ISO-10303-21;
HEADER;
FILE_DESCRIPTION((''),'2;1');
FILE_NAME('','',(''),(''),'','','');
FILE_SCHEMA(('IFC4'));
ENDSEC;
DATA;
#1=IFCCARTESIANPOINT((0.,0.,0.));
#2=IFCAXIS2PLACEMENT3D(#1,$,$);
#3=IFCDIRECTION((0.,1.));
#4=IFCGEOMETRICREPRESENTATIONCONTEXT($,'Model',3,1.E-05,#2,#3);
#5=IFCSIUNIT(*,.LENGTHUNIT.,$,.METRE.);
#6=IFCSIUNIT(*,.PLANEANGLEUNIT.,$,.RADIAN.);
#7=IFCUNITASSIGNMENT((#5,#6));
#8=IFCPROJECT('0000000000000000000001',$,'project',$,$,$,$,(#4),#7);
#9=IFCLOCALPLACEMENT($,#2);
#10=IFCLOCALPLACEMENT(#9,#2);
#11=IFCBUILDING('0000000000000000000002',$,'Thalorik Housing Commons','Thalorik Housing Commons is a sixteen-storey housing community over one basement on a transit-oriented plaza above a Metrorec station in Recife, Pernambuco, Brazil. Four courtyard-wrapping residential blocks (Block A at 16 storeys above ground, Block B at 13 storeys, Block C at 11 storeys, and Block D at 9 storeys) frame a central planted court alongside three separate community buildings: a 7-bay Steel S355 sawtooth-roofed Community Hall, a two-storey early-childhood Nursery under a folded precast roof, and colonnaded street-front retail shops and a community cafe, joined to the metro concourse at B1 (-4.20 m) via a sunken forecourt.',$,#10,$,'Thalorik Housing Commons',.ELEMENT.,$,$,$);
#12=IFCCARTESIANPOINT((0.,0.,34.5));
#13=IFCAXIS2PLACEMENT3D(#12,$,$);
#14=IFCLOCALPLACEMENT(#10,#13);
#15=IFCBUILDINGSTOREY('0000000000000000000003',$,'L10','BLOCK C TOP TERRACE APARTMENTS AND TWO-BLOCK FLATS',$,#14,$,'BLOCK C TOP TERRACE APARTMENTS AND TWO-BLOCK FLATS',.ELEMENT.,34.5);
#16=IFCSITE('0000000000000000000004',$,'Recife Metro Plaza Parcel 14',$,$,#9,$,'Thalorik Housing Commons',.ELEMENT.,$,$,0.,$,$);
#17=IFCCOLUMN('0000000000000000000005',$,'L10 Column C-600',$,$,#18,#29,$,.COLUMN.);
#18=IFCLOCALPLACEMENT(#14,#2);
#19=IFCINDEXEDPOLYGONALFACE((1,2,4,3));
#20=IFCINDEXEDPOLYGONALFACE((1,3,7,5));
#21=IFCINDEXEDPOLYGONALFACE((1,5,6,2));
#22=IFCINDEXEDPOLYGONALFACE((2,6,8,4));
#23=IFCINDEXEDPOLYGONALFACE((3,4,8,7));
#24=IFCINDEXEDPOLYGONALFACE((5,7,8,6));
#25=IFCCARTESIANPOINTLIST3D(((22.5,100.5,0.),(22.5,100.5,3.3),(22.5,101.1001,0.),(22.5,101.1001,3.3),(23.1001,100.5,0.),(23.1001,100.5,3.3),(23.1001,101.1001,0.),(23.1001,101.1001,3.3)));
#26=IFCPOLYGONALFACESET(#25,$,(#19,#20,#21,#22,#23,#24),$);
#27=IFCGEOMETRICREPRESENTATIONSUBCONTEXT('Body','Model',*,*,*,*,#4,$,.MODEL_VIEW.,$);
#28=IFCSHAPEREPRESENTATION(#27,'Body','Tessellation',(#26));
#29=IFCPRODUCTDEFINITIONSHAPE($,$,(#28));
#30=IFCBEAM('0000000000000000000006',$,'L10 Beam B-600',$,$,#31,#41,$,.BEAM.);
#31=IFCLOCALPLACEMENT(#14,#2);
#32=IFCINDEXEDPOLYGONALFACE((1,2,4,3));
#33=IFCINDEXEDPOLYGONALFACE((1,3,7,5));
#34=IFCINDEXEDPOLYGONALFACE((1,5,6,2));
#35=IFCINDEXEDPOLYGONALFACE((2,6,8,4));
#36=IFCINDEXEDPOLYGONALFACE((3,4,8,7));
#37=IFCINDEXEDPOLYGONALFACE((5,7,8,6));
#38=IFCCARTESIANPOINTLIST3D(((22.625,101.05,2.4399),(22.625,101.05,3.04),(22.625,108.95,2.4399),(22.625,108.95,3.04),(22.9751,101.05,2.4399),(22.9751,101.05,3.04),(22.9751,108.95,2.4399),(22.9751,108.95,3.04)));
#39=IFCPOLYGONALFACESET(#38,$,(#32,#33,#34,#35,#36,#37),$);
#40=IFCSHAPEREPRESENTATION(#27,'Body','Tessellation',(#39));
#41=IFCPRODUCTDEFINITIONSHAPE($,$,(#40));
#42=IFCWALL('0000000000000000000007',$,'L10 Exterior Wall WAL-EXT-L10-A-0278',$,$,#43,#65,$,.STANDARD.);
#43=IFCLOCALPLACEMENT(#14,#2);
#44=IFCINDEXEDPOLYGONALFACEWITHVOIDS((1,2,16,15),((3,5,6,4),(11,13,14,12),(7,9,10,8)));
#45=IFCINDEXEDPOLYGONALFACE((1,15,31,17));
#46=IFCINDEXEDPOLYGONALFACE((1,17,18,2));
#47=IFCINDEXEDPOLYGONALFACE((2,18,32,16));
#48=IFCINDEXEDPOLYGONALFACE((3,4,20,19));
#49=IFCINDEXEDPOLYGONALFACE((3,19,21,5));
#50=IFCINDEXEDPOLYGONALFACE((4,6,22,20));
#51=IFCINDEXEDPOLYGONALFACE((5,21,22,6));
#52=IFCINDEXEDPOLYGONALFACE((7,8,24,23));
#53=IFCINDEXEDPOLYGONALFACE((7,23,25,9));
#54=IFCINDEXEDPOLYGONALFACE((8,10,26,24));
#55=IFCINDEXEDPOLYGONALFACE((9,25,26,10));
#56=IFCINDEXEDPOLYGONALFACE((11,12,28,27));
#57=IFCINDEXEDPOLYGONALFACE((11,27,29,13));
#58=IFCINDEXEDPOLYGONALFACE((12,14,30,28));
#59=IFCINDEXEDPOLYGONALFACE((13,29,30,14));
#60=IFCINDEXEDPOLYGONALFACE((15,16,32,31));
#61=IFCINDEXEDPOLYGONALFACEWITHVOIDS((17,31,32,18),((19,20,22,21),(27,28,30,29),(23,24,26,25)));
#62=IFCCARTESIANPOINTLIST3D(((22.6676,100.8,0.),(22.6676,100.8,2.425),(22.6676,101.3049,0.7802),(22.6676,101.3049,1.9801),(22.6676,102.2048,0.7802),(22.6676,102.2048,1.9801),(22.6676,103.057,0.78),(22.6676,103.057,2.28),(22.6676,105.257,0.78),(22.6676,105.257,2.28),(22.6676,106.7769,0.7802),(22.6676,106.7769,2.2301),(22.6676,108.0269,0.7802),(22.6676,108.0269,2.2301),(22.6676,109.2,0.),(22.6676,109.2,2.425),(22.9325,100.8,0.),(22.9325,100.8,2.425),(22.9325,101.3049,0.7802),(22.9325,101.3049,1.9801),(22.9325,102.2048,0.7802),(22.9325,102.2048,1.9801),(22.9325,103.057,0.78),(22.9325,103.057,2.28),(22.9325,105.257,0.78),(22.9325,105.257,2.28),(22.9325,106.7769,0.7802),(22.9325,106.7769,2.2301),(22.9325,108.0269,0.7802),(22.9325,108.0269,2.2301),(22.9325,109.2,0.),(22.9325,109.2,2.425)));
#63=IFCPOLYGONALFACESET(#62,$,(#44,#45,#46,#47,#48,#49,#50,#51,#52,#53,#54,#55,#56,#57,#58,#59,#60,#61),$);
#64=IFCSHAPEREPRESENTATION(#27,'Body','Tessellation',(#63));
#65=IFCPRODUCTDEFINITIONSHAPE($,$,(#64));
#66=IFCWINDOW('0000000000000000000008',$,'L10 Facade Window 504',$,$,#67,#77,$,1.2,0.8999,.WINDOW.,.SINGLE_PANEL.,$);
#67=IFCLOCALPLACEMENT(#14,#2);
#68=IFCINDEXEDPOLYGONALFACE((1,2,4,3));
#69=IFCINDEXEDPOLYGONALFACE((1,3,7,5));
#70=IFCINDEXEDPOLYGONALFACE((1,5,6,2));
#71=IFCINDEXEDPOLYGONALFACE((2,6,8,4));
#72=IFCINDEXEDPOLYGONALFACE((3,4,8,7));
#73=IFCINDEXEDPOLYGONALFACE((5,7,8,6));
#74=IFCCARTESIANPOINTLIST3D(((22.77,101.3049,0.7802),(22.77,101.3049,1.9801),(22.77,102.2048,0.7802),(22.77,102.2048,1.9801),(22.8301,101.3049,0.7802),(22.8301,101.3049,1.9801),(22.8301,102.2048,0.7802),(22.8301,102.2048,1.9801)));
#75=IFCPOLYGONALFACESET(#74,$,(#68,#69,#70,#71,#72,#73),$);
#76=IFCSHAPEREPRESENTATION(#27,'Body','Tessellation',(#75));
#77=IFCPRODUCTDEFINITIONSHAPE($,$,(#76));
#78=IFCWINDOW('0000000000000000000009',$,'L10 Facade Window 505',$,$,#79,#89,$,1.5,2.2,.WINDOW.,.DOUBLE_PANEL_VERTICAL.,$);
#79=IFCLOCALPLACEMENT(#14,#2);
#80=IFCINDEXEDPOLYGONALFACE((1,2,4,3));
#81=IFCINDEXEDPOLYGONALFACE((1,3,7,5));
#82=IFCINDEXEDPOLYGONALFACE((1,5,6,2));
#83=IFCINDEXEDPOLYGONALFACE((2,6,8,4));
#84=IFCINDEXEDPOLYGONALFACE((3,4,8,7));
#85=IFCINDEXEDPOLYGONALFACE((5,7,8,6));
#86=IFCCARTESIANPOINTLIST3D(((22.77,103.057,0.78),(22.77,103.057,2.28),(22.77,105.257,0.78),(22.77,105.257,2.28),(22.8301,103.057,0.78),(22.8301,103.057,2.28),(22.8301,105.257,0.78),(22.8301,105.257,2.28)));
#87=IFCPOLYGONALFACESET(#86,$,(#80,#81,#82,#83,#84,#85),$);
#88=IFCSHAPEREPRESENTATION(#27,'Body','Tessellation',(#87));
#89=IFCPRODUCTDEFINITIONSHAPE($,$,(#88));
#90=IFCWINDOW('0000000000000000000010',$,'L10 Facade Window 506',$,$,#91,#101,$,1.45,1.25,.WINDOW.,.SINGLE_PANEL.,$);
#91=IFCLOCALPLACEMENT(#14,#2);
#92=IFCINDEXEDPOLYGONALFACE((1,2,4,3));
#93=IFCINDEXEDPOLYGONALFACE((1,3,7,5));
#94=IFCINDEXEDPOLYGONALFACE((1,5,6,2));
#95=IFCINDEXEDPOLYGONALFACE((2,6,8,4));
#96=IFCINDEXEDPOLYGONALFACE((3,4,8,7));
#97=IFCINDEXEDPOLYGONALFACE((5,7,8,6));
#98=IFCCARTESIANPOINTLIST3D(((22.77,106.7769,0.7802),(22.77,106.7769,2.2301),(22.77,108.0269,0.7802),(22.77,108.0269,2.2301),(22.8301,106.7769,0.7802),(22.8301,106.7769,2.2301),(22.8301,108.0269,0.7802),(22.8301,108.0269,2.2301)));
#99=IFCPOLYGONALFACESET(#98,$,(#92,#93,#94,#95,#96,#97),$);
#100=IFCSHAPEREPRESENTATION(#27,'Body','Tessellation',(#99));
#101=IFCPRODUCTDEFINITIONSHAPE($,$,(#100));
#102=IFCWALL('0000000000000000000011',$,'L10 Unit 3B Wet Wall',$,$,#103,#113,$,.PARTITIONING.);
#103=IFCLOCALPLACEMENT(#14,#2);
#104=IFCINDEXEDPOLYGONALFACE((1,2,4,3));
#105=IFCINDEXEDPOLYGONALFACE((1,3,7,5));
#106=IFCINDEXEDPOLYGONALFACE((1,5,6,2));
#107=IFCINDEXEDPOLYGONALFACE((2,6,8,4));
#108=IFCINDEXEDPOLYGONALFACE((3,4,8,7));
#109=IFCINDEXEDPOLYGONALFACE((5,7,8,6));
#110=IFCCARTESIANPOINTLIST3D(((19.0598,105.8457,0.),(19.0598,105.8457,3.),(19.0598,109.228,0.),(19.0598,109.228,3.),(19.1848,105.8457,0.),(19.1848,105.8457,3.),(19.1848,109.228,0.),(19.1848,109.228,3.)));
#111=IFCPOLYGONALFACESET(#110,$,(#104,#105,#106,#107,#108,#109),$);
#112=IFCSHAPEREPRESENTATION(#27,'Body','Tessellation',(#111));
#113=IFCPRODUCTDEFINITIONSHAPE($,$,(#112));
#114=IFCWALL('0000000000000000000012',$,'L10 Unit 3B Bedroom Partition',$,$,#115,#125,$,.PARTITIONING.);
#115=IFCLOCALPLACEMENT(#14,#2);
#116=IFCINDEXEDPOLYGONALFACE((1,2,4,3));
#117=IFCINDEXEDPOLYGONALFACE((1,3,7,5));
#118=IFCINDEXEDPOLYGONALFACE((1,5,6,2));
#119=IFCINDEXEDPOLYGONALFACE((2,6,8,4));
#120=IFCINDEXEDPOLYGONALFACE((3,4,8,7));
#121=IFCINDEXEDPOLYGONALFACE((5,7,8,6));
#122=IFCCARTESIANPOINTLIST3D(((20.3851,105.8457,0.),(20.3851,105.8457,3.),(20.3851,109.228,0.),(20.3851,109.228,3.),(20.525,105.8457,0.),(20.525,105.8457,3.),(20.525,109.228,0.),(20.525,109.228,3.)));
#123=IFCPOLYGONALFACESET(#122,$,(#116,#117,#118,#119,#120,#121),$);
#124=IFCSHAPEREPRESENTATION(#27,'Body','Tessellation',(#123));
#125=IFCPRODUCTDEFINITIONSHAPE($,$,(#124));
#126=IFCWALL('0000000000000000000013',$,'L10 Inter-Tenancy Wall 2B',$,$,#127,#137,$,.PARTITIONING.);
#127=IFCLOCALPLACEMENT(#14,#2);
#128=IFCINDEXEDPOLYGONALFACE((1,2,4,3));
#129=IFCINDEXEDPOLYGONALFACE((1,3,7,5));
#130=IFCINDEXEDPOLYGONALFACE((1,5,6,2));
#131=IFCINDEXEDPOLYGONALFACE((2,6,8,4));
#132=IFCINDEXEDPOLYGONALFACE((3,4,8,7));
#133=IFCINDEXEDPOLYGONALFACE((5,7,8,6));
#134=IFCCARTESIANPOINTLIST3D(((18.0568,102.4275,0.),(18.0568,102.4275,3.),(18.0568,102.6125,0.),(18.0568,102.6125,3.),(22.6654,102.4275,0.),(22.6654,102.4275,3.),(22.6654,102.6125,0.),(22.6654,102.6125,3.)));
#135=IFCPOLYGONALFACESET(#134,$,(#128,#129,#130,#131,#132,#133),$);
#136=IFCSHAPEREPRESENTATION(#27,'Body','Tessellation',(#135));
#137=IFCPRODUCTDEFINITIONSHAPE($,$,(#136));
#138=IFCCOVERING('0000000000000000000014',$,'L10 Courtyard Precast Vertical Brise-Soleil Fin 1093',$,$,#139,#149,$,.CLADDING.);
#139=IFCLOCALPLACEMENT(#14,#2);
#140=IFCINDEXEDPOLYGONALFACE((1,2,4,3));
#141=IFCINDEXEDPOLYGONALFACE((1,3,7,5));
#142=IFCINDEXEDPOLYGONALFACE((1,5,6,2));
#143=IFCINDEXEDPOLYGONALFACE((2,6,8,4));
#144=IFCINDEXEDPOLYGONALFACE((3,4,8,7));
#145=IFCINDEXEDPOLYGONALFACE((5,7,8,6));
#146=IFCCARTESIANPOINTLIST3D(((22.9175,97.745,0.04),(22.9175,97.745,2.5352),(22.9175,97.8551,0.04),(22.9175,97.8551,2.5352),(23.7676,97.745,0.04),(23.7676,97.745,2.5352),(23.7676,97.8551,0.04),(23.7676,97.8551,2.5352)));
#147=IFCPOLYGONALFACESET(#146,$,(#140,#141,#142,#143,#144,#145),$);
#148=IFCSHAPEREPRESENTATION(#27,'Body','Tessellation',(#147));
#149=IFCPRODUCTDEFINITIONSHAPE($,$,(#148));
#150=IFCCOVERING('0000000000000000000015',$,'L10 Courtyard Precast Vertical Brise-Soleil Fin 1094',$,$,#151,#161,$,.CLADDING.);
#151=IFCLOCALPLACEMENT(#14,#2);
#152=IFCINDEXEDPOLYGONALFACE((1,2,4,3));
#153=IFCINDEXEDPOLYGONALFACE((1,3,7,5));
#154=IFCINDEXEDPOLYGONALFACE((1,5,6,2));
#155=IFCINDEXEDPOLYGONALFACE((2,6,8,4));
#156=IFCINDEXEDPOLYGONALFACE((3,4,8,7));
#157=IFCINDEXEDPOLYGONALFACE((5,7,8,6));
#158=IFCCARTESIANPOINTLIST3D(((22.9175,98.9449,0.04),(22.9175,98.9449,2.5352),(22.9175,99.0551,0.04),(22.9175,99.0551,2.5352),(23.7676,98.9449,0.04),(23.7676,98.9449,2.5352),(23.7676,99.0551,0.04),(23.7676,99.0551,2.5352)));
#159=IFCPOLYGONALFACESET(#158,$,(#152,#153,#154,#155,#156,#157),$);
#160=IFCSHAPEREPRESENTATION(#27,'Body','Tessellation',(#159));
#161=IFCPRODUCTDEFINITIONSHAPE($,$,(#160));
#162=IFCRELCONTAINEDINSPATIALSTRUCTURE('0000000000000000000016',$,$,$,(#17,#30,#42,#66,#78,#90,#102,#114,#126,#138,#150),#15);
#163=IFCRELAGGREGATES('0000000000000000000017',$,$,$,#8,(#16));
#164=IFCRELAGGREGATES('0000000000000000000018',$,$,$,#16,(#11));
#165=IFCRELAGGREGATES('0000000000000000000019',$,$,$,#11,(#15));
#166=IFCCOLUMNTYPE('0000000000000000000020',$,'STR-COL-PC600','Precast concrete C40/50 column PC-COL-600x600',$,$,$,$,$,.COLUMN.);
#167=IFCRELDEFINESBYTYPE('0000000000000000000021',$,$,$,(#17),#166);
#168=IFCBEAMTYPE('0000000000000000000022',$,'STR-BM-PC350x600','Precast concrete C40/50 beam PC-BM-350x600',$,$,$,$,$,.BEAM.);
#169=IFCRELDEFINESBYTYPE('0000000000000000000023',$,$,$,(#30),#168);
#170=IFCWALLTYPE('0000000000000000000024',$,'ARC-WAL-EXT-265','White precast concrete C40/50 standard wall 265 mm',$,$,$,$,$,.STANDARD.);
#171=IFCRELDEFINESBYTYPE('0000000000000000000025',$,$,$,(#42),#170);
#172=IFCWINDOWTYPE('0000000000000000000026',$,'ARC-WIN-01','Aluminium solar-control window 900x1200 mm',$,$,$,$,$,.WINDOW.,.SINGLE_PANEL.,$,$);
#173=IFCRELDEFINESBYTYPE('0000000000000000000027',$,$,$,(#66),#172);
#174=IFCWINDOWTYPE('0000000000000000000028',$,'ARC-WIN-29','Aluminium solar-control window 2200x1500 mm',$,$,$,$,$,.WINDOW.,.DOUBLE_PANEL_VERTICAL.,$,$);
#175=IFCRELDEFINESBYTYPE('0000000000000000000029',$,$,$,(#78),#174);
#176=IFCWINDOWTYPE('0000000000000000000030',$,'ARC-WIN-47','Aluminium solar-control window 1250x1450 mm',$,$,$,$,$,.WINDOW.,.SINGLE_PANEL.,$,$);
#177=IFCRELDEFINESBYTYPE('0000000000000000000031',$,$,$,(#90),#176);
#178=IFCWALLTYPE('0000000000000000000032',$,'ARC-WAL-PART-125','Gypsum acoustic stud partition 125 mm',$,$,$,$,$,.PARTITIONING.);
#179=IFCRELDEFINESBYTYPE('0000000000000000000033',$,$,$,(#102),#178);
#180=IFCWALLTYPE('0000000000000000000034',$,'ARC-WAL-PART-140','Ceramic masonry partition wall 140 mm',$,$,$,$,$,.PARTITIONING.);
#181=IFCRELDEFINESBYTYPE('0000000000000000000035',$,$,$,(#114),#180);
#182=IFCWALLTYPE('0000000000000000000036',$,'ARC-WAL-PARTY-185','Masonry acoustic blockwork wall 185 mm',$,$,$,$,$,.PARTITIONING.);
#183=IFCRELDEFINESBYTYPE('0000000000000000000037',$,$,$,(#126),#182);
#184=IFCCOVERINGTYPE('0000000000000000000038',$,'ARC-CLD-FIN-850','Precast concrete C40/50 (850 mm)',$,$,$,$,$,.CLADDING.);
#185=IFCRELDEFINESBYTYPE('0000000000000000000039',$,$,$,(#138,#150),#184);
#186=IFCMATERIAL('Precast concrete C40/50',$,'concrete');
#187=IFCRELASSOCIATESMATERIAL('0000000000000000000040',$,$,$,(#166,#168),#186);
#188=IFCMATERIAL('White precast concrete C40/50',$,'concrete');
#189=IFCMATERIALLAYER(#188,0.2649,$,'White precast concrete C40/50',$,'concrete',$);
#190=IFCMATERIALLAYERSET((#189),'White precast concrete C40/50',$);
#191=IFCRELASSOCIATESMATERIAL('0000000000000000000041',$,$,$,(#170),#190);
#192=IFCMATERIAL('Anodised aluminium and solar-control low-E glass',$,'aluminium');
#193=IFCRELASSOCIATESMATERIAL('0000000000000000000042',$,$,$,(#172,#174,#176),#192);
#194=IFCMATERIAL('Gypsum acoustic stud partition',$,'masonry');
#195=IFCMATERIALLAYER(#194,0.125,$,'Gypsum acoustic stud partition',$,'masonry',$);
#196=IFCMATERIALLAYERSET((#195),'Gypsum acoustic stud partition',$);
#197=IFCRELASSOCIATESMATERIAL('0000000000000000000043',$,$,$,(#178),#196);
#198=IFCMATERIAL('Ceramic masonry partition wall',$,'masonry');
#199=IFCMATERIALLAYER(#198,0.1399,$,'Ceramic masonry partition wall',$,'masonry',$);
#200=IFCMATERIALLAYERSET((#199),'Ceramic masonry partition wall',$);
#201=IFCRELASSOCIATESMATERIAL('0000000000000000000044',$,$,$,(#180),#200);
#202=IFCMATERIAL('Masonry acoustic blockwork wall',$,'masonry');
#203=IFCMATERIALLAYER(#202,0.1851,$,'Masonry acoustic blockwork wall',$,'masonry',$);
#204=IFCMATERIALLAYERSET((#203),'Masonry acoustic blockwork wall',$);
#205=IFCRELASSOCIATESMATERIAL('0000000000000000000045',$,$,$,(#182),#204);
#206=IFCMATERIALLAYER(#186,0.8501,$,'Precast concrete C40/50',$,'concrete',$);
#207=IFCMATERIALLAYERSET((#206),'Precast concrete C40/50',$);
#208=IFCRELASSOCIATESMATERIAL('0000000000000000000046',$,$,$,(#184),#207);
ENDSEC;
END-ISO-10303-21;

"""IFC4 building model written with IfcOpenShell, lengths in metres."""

from ifc_helpers import new_model, si_unit, direction, frame, frame_2d, origin, origin_2d, place, context, subcontext, project, spatial, rectangle, extrude, material, layer, layer_set, material_profile, profile_set, type_object, element, fill, save


model = new_model("IFC4")

# Units and contexts
model_context = context("Model", 3, precision=1e-05, world=origin(), true_north=direction((0.0, 1.0)))
body_context = subcontext(model_context, "Body", "Model", "MODEL_VIEW")
ifc_project = project(units=[si_unit("LENGTHUNIT", "METRE"), si_unit("PLANEANGLEUNIT", "RADIAN")], contexts=[model_context])

# Site, building, storey
site_placement = place(None, origin())
site = spatial("IfcSite", under=ifc_project, at=site_placement, Name="Recife Metro Plaza Parcel 14", LongName="Thalorik Housing Commons", CompositionType="ELEMENT", RefElevation=0.0)
building_placement = place(site_placement, origin())
building = spatial("IfcBuilding", under=site, at=building_placement, Name="Thalorik Housing Commons", Description="Thalorik Housing Commons is a sixteen-storey housing community over one basement on a transit-oriented plaza above a Metrorec station in Recife, Pernambuco, Brazil. Four courtyard-wrapping residential blocks (Block A at 16 storeys above ground, Block B at 13 storeys, Block C at 11 storeys, and Block D at 9 storeys) frame a central planted court alongside three separate community buildings: a 7-bay Steel S355 sawtooth-roofed Community Hall, a two-storey early-childhood Nursery under a folded precast roof, and colonnaded street-front retail shops and a community cafe, joined to the metro concourse at B1 (-4.20 m) via a sunken forecourt.", LongName="Thalorik Housing Commons", CompositionType="ELEMENT")
storey_placement = place(building_placement, frame((0.0, 0.0, 34.5)))
storey = spatial("IfcBuildingStorey", under=building, at=storey_placement, Name="L10", Description="BLOCK C TOP TERRACE APARTMENTS AND TWO-BLOCK FLATS", LongName="BLOCK C TOP TERRACE APARTMENTS AND TWO-BLOCK FLATS", CompositionType="ELEMENT", Elevation=34.5)

# Column
ifc_material_1 = material(Name="Precast concrete C40/50", Category="concrete")
ifc_material_profile_1 = material_profile(ifc_material_1, rectangle(XDim=0.6001, YDim=0.6001, at=origin_2d()), Name="PC 600x600", Category="concrete")
ifc_profile_set_1 = profile_set([ifc_material_profile_1], Name="Precast concrete C40/50")
column_type = type_object("IfcColumnType", Name="STR-COL-PC600", Description="Precast concrete C40/50 column PC-COL-600x600", PredefinedType="COLUMN", material=ifc_profile_set_1)
column_placement = place(storey_placement, frame((22.8, 100.8, 0.0), z_axis=(0.0, 0.0, 1.0), x_axis=(1.0, 0.0, 0.0)))
element("IfcColumn", 1, at=column_placement, inside=storey, type_object=column_type, Name="L10 Column C-600", PredefinedType="COLUMN", context=body_context, shape_type="SweptSolid", body=[
    extrude(rectangle(XDim=0.6001, YDim=0.6001, at=origin_2d()), origin(), (0.0, 0.0, 1.0), 3.3),
])

# Beam
ifc_material_profile_2 = material_profile(ifc_material_1, rectangle(XDim=0.3501, YDim=0.6001, at=origin_2d()), Name="PC 350x600", Category="concrete")
ifc_profile_set_2 = profile_set([ifc_material_profile_2], Name="Precast concrete C40/50")
beam_type = type_object("IfcBeamType", Name="STR-BM-PC350x600", Description="Precast concrete C40/50 beam PC-BM-350x600", PredefinedType="BEAM", material=ifc_profile_set_2)
beam_placement = place(storey_placement, frame((22.8, 101.05, 2.74), z_axis=(0.0, 1.0, 0.0), x_axis=(-1.0, 0.0, 0.0)))
element("IfcBeam", 2, at=beam_placement, inside=storey, type_object=beam_type, Name="L10 Beam B-600", PredefinedType="BEAM", context=body_context, shape_type="SweptSolid", body=[
    extrude(rectangle(XDim=0.3501, YDim=0.6001, at=origin_2d()), origin(), (0.0, 0.0, 1.0), 7.8999),
])

# Wall, openings, windows
ifc_material_2 = material(Name="White precast concrete C40/50", Category="concrete")
ifc_layer_1 = layer(ifc_material_2, 0.2649, Name="White precast concrete C40/50", Category="concrete")
ifc_layer_set_1 = layer_set([ifc_layer_1], Name="White precast concrete C40/50")
wall_type_1 = type_object("IfcWallType", Name="ARC-WAL-EXT-265", Description="White precast concrete C40/50 standard wall 265 mm", PredefinedType="STANDARD", material=ifc_layer_set_1)
wall_1_placement = place(storey_placement, frame((22.8, 100.8, 0.0), z_axis=(0.0, 0.0, 1.0), x_axis=(0.0, 1.0, 0.0)))
wall_1 = element("IfcWall", 3, at=wall_1_placement, inside=storey, type_object=wall_type_1, Name="L10 Exterior Wall WAL-EXT-L10-A-0278", PredefinedType="STANDARD", context=body_context, shape_type="SweptSolid", body=[
    extrude(rectangle(XDim=8.3999, YDim=0.2649, at=frame_2d((4.2, 0.0))), origin(), (0.0, 0.0, 1.0), 2.425),
])
opening_1_placement = place(wall_1_placement, frame((0.5049, 0.0, 0.78)))
opening_1 = element("IfcOpeningElement", 4, at=opening_1_placement, cuts=wall_1, PredefinedType="OPENING", context=body_context, shape_type="SweptSolid", body=[
    extrude(rectangle(XDim=0.8999, YDim=1.2, at=frame_2d((0.45, 0.6001))), frame((0.0, 0.1426, 0.0), z_axis=(0.0, -1.0, 0.0), x_axis=(1.0, 0.0, 0.0)), (0.0, 0.0, 1.0), 0.2849),
])
opening_2_placement = place(wall_1_placement, frame((2.2568, 0.0, 0.78)))
opening_2 = element("IfcOpeningElement", 5, at=opening_2_placement, cuts=wall_1, PredefinedType="OPENING", context=body_context, shape_type="SweptSolid", body=[
    extrude(rectangle(XDim=2.2, YDim=1.5, at=frame_2d((1.1001, 0.75))), frame((0.0, 0.1426, 0.0), z_axis=(0.0, -1.0, 0.0), x_axis=(1.0, 0.0, 0.0)), (0.0, 0.0, 1.0), 0.2849),
])
opening_3_placement = place(wall_1_placement, frame((5.9768, 0.0, 0.78)))
opening_3 = element("IfcOpeningElement", 6, at=opening_3_placement, cuts=wall_1, PredefinedType="OPENING", context=body_context, shape_type="SweptSolid", body=[
    extrude(rectangle(XDim=1.25, YDim=1.45, at=frame_2d((0.625, 0.7251))), frame((0.0, 0.1426, 0.0), z_axis=(0.0, -1.0, 0.0), x_axis=(1.0, 0.0, 0.0)), (0.0, 0.0, 1.0), 0.2849),
])
ifc_material_3 = material(Name="Anodised aluminium and solar-control low-E glass", Category="aluminium")
window_type_1 = type_object("IfcWindowType", Name="ARC-WIN-01", Description="Aluminium solar-control window 900x1200 mm", PartitioningType="SINGLE_PANEL", PredefinedType="WINDOW", material=ifc_material_3)
window_1_placement = place(opening_1_placement, origin())
window_1 = element("IfcWindow", 7, at=window_1_placement, inside=storey, type_object=window_type_1, Name="L10 Facade Window 504", OverallHeight=1.2, OverallWidth=0.8999, PartitioningType="SINGLE_PANEL", PredefinedType="WINDOW", context=body_context, shape_type="SweptSolid", body=[
    extrude(rectangle(XDim=0.8999, YDim=1.2, at=frame_2d((0.45, 0.6001))), frame((0.0, 0.03, 0.0), z_axis=(0.0, -1.0, 0.0), x_axis=(1.0, 0.0, 0.0)), (0.0, 0.0, 1.0), 0.0601),
])
fill(opening_1, window_1)
window_type_2 = type_object("IfcWindowType", Name="ARC-WIN-29", Description="Aluminium solar-control window 2200x1500 mm", PartitioningType="DOUBLE_PANEL_VERTICAL", PredefinedType="WINDOW", material=ifc_material_3)
window_2_placement = place(opening_2_placement, origin())
window_2 = element("IfcWindow", 8, at=window_2_placement, inside=storey, type_object=window_type_2, Name="L10 Facade Window 505", OverallHeight=1.5, OverallWidth=2.2, PartitioningType="DOUBLE_PANEL_VERTICAL", PredefinedType="WINDOW", context=body_context, shape_type="SweptSolid", body=[
    extrude(rectangle(XDim=2.2, YDim=1.5, at=frame_2d((1.1001, 0.75))), frame((0.0, 0.03, 0.0), z_axis=(0.0, -1.0, 0.0), x_axis=(1.0, 0.0, 0.0)), (0.0, 0.0, 1.0), 0.0601),
])
fill(opening_2, window_2)
window_type_3 = type_object("IfcWindowType", Name="ARC-WIN-47", Description="Aluminium solar-control window 1250x1450 mm", PartitioningType="SINGLE_PANEL", PredefinedType="WINDOW", material=ifc_material_3)
window_3_placement = place(opening_3_placement, origin())
window_3 = element("IfcWindow", 9, at=window_3_placement, inside=storey, type_object=window_type_3, Name="L10 Facade Window 506", OverallHeight=1.45, OverallWidth=1.25, PartitioningType="SINGLE_PANEL", PredefinedType="WINDOW", context=body_context, shape_type="SweptSolid", body=[
    extrude(rectangle(XDim=1.25, YDim=1.45, at=frame_2d((0.625, 0.7251))), frame((0.0, 0.03, 0.0), z_axis=(0.0, -1.0, 0.0), x_axis=(1.0, 0.0, 0.0)), (0.0, 0.0, 1.0), 0.0601),
])
fill(opening_3, window_3)

# Walls
ifc_material_4 = material(Name="Gypsum acoustic stud partition", Category="masonry")
ifc_layer_2 = layer(ifc_material_4, 0.125, Name="Gypsum acoustic stud partition", Category="masonry")
ifc_layer_set_2 = layer_set([ifc_layer_2], Name="Gypsum acoustic stud partition")
wall_type_2 = type_object("IfcWallType", Name="ARC-WAL-PART-125", Description="Gypsum acoustic stud partition 125 mm", PredefinedType="PARTITIONING", material=ifc_layer_set_2)
wall_2_placement = place(storey_placement, frame((19.1223, 105.8457, 0.0), z_axis=(0.0, 0.0, 1.0), x_axis=(0.0, 1.0, 0.0)))
element("IfcWall", 10, at=wall_2_placement, inside=storey, type_object=wall_type_2, Name="L10 Unit 3B Wet Wall", PredefinedType="PARTITIONING", context=body_context, shape_type="SweptSolid", body=[
    extrude(rectangle(XDim=3.3823, YDim=0.125, at=frame_2d((1.6912, 0.0))), origin(), (0.0, 0.0, 1.0), 3.0),
])
ifc_material_5 = material(Name="Ceramic masonry partition wall", Category="masonry")
ifc_layer_3 = layer(ifc_material_5, 0.1399, Name="Ceramic masonry partition wall", Category="masonry")
ifc_layer_set_3 = layer_set([ifc_layer_3], Name="Ceramic masonry partition wall")
wall_type_3 = type_object("IfcWallType", Name="ARC-WAL-PART-140", Description="Ceramic masonry partition wall 140 mm", PredefinedType="PARTITIONING", material=ifc_layer_set_3)
wall_3_placement = place(storey_placement, frame((20.4551, 105.8457, 0.0), z_axis=(0.0, 0.0, 1.0), x_axis=(0.0, 1.0, 0.0)))
element("IfcWall", 11, at=wall_3_placement, inside=storey, type_object=wall_type_3, Name="L10 Unit 3B Bedroom Partition", PredefinedType="PARTITIONING", context=body_context, shape_type="SweptSolid", body=[
    extrude(rectangle(XDim=3.3823, YDim=0.1399, at=frame_2d((1.6912, 0.0))), origin(), (0.0, 0.0, 1.0), 3.0),
])
ifc_material_6 = material(Name="Masonry acoustic blockwork wall", Category="masonry")
ifc_layer_4 = layer(ifc_material_6, 0.1851, Name="Masonry acoustic blockwork wall", Category="masonry")
ifc_layer_set_4 = layer_set([ifc_layer_4], Name="Masonry acoustic blockwork wall")
wall_type_4 = type_object("IfcWallType", Name="ARC-WAL-PARTY-185", Description="Masonry acoustic blockwork wall 185 mm", PredefinedType="PARTITIONING", material=ifc_layer_set_4)
wall_4_placement = place(storey_placement, frame((18.0569, 102.52, 0.0), z_axis=(0.0, 0.0, 1.0), x_axis=(1.0, 0.0, 0.0)))
element("IfcWall", 12, at=wall_4_placement, inside=storey, type_object=wall_type_4, Name="L10 Inter-Tenancy Wall 2B", PredefinedType="PARTITIONING", context=body_context, shape_type="SweptSolid", body=[
    extrude(rectangle(XDim=4.6086, YDim=0.1851, at=frame_2d((2.3042, 0.0))), origin(), (0.0, 0.0, 1.0), 3.0),
])

# Coverings
ifc_layer_5 = layer(ifc_material_1, 0.8501, Name="Precast concrete C40/50", Category="concrete")
ifc_layer_set_5 = layer_set([ifc_layer_5], Name="Precast concrete C40/50")
covering_type_1 = type_object("IfcCoveringType", Name="ARC-CLD-FIN-850", Description="Precast concrete C40/50 (850 mm)", PredefinedType="CLADDING", material=ifc_layer_set_5)
for number, where, z_axis, x_axis, name in (
    (13, (23.3425, 97.8, 0.04), (0.0, 0.0, 1.0), (0.0, 1.0, 0.0), "L10 Courtyard Precast Vertical Brise-Soleil Fin 1093"),
    (14, (23.3425, 99.0, 0.04), (0.0, 0.0, 1.0), (0.0, 1.0, 0.0), "L10 Courtyard Precast Vertical Brise-Soleil Fin 1094"),
):
    element("IfcCovering", number, at=place(storey_placement, frame(where, z_axis=z_axis, x_axis=x_axis)), inside=storey, type_object=covering_type_1, Name=name, PredefinedType="CLADDING", context=body_context, shape_type="SweptSolid", body=[
        extrude(rectangle(XDim=0.1101, YDim=0.8501, at=origin_2d()), origin(), (0.0, 0.0, 1.0), 2.4951),
    ])

save(model, "model.ifc")
